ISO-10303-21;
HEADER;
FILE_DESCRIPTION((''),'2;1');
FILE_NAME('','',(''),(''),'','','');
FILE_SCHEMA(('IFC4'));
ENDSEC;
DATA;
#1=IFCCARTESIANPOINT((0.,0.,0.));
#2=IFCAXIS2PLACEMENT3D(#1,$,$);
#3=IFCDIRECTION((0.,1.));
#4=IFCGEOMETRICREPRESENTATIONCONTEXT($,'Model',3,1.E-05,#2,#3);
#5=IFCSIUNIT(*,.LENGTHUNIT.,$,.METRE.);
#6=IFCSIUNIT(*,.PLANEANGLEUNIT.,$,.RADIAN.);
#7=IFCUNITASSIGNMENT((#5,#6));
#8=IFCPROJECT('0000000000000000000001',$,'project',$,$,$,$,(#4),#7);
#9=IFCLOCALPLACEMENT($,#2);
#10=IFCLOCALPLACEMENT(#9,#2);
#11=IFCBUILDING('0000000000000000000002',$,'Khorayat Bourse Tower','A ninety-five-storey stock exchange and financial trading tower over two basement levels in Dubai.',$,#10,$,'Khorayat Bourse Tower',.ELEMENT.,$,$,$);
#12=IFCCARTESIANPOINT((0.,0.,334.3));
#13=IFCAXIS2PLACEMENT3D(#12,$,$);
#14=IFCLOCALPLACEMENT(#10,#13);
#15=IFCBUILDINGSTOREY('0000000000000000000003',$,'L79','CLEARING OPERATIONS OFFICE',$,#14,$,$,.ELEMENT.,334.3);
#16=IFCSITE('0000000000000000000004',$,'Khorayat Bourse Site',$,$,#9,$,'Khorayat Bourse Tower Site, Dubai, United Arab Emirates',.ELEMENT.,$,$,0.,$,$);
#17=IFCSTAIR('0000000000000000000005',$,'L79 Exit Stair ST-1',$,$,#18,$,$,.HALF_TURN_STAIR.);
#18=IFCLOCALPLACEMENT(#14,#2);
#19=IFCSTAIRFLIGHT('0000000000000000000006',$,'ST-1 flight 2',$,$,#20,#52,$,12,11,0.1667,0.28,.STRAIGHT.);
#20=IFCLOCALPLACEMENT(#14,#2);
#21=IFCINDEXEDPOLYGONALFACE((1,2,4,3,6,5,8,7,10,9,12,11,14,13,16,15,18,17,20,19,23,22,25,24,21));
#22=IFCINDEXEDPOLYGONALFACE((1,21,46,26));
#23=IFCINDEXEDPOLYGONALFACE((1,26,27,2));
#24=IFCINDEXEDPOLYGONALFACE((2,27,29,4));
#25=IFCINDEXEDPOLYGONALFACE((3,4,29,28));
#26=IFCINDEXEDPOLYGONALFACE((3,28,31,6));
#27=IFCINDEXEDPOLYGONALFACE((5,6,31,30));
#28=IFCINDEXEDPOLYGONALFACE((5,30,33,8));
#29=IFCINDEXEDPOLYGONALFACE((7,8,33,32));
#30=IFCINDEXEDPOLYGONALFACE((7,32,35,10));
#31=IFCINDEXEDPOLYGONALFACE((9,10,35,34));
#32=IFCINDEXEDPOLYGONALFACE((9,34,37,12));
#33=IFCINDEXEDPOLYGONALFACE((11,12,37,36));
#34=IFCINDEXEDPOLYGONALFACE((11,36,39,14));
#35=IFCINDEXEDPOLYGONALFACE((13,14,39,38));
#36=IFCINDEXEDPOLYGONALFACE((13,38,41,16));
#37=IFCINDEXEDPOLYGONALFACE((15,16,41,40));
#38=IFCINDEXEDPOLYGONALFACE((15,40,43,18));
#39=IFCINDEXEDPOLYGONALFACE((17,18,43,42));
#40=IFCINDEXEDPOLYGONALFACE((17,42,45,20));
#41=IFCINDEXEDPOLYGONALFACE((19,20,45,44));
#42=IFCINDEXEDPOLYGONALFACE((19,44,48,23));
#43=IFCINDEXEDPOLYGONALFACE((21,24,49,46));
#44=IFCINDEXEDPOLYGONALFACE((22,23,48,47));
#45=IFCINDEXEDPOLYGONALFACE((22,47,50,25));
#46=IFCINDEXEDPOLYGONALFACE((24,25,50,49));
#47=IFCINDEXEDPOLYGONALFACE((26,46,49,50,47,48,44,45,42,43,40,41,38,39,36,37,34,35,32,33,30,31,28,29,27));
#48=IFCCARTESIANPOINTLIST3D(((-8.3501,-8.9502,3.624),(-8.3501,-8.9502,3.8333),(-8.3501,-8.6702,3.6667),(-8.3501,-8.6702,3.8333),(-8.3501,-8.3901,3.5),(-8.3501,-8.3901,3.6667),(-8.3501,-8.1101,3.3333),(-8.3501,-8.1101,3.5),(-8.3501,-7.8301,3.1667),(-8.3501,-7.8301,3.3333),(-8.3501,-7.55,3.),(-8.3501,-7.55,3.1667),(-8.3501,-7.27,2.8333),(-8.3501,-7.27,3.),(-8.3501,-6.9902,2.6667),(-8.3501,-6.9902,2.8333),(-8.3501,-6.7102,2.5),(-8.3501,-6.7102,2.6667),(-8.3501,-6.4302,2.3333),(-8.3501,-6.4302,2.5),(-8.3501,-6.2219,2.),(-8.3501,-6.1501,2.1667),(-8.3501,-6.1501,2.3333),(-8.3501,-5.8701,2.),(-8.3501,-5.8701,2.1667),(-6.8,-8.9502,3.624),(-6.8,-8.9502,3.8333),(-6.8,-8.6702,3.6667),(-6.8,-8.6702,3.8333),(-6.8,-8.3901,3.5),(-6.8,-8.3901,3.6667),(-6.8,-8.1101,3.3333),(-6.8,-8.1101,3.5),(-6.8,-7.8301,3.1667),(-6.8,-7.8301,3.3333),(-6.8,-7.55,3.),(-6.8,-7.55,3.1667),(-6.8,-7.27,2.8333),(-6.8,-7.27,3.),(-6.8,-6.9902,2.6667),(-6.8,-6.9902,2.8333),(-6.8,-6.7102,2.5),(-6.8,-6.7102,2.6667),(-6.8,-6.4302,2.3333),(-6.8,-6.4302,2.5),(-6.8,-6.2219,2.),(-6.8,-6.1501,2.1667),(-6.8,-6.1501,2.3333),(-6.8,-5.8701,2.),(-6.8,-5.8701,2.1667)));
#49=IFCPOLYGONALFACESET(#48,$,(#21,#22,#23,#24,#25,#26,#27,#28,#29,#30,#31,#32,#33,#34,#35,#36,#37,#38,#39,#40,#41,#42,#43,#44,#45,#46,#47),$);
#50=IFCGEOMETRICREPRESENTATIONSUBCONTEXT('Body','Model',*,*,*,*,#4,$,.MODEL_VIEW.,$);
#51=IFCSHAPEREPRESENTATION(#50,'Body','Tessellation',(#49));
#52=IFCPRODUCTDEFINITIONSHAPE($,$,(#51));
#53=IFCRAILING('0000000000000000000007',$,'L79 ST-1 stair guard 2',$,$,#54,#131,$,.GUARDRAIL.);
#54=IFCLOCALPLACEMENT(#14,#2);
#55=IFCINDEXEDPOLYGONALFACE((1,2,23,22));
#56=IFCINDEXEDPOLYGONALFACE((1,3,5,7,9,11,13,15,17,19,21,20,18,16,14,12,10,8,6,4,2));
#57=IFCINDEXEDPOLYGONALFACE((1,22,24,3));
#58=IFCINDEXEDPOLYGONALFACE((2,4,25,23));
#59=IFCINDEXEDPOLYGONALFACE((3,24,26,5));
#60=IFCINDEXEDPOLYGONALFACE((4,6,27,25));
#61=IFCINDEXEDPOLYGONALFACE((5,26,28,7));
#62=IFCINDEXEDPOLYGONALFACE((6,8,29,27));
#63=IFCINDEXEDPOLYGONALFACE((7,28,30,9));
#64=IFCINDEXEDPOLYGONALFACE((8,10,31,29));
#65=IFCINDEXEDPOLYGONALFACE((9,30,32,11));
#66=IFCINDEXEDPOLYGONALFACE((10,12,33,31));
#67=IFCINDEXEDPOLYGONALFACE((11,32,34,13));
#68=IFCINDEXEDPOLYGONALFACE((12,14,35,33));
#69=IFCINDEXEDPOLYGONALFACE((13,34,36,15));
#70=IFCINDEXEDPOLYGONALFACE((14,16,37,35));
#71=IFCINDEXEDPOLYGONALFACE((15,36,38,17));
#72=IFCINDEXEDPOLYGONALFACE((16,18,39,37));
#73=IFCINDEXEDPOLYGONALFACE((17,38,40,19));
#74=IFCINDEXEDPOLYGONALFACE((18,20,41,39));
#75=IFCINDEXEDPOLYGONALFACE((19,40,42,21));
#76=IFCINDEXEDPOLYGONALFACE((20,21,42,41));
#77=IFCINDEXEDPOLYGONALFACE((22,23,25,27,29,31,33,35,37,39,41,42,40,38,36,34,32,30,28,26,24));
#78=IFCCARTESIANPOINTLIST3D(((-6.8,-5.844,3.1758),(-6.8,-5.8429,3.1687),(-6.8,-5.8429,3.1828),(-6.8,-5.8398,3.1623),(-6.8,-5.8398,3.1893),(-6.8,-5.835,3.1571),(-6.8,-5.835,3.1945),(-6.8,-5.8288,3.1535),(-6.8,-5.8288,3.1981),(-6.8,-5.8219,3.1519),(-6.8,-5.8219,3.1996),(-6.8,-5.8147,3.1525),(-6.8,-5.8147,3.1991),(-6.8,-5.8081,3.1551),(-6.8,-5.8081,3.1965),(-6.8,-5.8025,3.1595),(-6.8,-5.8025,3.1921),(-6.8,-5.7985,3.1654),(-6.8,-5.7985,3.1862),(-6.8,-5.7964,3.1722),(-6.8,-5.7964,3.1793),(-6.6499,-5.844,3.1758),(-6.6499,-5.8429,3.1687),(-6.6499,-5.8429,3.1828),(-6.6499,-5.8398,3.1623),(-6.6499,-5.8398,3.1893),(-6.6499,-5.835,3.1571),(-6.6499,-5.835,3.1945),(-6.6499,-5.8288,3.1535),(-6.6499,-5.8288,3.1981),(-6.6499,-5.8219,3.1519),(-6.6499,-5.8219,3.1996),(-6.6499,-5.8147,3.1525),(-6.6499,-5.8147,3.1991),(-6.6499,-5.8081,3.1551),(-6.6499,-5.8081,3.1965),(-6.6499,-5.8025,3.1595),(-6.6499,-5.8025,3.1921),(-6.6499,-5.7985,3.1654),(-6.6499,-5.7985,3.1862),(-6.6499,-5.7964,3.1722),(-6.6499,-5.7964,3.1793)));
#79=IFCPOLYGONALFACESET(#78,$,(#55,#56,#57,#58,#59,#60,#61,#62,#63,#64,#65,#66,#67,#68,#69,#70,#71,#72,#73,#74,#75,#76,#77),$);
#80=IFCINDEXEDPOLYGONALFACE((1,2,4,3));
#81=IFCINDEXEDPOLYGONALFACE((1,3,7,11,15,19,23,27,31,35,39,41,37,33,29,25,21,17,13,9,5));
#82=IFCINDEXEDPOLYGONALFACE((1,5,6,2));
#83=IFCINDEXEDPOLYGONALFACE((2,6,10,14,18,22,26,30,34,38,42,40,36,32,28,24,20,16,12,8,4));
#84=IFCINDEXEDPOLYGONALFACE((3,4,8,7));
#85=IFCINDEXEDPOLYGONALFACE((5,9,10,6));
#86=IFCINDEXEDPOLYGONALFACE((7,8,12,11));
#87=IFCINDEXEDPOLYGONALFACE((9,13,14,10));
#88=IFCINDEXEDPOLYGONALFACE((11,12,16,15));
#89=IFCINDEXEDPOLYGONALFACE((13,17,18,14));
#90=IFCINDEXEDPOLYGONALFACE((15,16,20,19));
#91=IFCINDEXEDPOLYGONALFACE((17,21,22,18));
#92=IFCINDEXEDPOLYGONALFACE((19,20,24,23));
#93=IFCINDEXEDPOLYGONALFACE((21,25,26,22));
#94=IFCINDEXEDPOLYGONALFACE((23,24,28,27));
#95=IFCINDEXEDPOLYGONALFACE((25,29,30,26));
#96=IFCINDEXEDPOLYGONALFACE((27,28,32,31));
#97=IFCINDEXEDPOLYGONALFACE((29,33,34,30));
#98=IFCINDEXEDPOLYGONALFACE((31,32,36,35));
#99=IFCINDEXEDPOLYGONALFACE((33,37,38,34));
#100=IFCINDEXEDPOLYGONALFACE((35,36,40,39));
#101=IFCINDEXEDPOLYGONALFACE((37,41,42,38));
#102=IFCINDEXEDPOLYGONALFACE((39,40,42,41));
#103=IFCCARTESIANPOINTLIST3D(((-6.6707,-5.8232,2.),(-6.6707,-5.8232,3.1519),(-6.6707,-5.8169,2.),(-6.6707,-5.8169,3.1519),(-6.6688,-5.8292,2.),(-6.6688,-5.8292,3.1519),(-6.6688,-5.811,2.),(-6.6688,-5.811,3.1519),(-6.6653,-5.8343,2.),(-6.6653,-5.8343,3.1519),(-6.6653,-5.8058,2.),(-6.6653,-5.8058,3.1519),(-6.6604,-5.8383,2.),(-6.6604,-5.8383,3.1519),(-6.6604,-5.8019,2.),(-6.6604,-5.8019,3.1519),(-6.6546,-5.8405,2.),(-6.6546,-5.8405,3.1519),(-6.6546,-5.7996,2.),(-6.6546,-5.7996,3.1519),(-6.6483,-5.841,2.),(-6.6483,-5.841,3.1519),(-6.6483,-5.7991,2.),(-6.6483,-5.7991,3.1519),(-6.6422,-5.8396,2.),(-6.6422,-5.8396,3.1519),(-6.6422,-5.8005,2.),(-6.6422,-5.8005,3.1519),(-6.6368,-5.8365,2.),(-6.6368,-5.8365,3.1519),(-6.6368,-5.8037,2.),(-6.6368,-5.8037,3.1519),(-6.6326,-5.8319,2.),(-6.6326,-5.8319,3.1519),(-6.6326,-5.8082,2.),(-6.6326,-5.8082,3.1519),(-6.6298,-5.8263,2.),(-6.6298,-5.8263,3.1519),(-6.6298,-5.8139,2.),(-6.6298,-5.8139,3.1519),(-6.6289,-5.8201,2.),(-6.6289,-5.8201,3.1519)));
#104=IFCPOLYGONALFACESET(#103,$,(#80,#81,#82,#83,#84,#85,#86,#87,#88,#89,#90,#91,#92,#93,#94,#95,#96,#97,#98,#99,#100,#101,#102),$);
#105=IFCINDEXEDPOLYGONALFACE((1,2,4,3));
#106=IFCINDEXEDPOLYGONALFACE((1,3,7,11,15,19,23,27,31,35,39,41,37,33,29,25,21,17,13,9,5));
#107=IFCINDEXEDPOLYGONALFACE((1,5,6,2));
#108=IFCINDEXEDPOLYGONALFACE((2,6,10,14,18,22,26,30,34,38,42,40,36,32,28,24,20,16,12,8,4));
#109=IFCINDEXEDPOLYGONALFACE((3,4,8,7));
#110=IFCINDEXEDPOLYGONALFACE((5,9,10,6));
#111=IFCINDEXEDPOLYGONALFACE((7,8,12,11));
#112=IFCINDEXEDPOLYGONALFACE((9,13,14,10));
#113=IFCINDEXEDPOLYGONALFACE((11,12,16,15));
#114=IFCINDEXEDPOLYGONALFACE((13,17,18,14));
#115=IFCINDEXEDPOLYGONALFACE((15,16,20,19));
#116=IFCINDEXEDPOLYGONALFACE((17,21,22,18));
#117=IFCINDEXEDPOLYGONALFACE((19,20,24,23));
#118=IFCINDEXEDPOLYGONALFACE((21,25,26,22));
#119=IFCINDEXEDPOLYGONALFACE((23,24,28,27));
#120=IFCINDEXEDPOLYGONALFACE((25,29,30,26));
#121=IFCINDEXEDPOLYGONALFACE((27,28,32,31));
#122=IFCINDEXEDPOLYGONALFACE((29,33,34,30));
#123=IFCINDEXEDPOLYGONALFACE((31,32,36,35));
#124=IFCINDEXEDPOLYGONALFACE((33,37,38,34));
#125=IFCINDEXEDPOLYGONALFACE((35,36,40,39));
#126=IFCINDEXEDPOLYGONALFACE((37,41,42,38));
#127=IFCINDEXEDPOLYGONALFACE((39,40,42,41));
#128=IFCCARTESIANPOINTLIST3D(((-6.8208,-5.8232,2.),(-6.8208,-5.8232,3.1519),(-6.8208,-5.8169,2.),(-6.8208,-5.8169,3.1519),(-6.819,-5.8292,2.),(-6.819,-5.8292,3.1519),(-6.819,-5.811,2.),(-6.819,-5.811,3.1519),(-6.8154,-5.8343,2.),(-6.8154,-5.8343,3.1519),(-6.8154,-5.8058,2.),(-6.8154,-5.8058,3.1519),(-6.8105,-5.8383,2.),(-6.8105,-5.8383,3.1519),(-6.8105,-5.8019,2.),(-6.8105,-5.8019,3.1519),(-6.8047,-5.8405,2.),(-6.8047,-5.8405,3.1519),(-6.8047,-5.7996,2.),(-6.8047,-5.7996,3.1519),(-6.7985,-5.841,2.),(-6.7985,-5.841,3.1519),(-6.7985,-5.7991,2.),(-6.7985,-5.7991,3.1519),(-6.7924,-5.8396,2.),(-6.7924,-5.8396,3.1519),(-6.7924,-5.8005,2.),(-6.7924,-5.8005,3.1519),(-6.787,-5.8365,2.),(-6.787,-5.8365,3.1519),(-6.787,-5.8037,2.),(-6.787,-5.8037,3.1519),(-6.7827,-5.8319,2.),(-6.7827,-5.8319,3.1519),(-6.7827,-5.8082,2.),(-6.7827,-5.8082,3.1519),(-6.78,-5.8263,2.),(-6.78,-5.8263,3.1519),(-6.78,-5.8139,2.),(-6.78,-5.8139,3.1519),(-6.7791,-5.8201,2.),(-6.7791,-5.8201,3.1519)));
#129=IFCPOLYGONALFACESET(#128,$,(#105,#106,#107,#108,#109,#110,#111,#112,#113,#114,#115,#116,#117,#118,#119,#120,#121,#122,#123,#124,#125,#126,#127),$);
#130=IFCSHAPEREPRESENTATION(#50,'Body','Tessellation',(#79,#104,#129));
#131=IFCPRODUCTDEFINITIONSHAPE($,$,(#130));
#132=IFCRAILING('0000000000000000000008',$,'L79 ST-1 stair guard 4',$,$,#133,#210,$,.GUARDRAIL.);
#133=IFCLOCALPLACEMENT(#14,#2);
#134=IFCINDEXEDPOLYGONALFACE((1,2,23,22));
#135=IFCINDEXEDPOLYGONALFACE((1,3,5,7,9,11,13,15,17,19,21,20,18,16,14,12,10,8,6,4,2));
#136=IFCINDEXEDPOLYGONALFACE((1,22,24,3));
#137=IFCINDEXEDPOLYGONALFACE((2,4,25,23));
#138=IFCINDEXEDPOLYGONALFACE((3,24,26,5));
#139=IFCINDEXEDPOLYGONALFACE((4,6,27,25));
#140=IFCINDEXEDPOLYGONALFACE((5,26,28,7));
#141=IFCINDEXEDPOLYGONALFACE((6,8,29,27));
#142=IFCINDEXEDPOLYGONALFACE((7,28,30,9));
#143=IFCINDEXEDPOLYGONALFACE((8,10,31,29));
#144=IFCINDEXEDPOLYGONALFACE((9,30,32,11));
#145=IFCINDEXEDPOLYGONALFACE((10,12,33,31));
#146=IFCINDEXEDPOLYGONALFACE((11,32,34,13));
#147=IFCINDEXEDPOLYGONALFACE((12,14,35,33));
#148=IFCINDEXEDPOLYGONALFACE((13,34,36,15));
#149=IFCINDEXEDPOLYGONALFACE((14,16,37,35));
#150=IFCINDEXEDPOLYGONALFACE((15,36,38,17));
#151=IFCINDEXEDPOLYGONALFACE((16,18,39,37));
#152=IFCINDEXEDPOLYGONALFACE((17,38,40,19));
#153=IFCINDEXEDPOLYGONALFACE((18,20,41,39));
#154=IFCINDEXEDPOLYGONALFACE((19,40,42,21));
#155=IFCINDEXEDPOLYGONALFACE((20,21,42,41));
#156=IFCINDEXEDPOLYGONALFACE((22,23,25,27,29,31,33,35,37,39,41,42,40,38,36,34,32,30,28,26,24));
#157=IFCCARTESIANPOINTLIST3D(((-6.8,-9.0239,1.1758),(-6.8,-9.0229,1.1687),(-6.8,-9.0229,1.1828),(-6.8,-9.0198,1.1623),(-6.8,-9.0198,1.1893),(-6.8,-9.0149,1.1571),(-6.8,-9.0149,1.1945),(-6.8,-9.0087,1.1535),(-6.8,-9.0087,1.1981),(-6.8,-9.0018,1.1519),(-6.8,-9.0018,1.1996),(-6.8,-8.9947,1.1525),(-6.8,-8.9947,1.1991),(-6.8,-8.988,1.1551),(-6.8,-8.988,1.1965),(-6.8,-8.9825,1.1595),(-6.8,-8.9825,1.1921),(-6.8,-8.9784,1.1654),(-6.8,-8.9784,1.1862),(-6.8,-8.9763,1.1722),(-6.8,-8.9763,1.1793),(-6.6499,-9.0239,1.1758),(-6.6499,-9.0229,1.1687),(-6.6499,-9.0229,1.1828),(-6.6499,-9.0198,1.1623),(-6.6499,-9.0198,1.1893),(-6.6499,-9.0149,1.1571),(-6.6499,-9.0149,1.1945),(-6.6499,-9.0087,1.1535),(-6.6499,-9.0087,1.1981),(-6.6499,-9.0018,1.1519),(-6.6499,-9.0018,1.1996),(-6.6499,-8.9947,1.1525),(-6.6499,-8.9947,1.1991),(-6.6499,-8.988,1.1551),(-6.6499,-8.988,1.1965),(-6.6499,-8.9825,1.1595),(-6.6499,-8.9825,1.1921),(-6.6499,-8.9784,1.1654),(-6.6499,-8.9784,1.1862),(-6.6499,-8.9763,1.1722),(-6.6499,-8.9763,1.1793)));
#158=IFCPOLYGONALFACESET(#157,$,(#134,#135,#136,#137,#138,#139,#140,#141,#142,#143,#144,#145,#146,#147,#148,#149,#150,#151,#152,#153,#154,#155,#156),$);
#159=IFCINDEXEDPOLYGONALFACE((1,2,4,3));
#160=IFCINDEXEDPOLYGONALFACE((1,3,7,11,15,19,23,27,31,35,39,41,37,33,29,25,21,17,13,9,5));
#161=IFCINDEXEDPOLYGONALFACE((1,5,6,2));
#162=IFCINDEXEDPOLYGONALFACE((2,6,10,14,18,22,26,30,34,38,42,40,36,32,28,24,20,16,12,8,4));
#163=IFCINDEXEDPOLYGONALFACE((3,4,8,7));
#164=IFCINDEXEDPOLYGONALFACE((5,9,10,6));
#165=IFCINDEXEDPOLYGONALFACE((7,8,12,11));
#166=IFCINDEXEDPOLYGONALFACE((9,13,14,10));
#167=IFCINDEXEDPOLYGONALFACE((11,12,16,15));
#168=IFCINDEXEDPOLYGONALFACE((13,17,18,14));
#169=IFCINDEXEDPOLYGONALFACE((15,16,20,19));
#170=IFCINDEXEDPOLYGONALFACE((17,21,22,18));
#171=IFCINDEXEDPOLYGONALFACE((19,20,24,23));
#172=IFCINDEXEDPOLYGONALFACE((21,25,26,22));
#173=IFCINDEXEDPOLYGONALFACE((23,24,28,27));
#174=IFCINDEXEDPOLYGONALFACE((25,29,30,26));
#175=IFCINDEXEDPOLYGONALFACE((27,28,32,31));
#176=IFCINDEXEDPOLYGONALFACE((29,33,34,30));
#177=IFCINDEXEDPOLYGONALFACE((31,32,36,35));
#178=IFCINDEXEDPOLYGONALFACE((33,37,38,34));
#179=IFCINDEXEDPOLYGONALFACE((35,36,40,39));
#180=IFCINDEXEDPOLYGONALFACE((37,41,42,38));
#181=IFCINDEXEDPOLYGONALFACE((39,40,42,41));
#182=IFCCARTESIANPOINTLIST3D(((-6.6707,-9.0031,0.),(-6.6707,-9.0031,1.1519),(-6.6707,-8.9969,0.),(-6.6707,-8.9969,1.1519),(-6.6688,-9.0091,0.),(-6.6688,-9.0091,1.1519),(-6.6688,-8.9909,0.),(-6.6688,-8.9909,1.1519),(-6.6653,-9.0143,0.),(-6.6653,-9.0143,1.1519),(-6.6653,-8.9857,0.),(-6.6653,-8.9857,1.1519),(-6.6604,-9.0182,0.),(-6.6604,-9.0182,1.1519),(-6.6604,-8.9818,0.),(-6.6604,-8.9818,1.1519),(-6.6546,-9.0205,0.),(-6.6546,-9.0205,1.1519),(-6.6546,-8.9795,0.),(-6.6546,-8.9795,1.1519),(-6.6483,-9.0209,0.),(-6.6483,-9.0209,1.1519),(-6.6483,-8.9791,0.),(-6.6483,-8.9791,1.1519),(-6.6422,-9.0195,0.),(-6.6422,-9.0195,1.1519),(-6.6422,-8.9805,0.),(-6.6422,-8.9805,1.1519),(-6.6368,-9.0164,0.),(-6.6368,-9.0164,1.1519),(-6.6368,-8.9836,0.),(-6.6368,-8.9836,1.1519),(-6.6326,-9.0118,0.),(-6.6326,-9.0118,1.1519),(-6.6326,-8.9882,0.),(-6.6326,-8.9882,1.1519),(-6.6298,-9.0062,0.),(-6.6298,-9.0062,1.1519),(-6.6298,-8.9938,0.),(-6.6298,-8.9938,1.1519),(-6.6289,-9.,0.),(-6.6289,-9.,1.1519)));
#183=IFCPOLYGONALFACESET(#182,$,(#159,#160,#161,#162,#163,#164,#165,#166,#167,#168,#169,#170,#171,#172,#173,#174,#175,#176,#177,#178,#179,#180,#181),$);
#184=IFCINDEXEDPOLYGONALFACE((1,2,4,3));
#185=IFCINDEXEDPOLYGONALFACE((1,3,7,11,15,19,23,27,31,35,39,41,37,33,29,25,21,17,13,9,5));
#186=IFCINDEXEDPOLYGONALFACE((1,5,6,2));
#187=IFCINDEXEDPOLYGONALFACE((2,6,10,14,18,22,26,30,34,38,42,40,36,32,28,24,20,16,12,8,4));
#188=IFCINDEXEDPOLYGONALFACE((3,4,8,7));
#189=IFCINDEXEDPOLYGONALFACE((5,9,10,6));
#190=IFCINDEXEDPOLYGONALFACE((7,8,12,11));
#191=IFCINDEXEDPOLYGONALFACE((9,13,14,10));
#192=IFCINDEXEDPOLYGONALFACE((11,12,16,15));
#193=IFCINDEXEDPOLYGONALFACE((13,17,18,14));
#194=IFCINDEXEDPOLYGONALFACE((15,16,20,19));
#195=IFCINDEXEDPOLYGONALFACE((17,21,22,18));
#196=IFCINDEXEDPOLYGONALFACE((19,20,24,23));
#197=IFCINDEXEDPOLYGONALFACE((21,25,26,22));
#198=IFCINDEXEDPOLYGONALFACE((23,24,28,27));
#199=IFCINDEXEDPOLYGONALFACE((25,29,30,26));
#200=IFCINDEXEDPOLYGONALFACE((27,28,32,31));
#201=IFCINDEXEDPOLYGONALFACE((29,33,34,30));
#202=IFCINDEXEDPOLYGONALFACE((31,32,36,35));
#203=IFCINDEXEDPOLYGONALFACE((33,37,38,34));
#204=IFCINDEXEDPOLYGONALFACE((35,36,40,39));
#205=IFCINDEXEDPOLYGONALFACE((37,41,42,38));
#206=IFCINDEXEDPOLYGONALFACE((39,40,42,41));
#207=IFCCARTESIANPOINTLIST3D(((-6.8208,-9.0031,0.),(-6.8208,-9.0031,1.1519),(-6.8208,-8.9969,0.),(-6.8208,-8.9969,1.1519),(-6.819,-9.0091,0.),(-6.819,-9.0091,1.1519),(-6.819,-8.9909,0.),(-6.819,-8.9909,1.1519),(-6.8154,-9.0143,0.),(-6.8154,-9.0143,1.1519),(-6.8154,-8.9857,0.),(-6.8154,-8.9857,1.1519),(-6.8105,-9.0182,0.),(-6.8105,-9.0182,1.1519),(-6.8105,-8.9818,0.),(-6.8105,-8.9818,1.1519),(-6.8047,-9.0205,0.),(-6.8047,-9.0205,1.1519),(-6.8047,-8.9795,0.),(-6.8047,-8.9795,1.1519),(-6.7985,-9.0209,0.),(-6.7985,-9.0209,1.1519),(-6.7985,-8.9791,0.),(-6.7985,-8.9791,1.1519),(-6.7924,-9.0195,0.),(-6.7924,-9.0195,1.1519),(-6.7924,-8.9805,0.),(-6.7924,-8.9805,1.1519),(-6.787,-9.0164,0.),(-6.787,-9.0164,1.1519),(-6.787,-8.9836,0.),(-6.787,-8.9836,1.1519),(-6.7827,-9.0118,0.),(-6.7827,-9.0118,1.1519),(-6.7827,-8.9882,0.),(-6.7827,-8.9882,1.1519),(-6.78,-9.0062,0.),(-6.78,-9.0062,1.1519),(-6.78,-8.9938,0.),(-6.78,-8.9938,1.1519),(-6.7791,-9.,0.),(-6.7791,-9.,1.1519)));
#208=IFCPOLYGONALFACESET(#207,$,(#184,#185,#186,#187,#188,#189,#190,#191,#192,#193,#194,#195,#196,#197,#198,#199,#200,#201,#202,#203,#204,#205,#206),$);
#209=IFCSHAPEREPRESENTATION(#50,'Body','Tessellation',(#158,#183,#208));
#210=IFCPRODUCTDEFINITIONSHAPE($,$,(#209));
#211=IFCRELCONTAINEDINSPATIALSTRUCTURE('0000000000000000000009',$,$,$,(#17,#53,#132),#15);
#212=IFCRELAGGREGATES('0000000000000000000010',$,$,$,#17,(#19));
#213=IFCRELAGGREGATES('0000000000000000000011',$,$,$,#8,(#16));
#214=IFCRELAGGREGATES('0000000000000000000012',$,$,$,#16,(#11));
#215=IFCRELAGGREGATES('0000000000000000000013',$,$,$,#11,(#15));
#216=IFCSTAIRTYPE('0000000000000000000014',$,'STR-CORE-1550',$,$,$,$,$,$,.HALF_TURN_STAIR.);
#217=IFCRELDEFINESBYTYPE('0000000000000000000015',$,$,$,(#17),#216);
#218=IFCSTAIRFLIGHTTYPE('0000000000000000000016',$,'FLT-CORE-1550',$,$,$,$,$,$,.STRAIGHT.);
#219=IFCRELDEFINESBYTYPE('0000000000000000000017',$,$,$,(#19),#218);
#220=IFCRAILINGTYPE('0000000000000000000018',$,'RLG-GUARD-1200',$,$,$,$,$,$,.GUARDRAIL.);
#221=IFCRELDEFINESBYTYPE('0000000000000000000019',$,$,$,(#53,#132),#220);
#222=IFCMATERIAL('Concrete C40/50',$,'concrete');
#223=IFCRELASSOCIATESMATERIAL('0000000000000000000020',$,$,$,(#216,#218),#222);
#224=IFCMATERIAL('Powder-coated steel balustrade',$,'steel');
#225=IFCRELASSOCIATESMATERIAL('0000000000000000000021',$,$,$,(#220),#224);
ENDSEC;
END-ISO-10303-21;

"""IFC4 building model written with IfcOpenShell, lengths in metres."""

from ifc_helpers import new_model, si_unit, direction, frame, origin, origin_2d, place, context, subcontext, project, spatial, polyline, circle, outline, extrude, source, transform, mapped, material, type_object, element, aggregate, save


model = new_model("IFC4")

# Units and contexts
model_context = context("Model", 3, precision=1e-05, world=origin(), true_north=direction((0.0, 1.0)))
body_context = subcontext(model_context, "Body", "Model", "MODEL_VIEW")
ifc_project = project(units=[si_unit("LENGTHUNIT", "METRE"), si_unit("PLANEANGLEUNIT", "RADIAN")], contexts=[model_context])

# Site, building, storey
site_placement = place(None, origin())
site = spatial("IfcSite", under=ifc_project, at=site_placement, Name="Khorayat Bourse Site", LongName="Khorayat Bourse Tower Site, Dubai, United Arab Emirates", CompositionType="ELEMENT", RefElevation=0.0)
building_placement = place(site_placement, origin())
building = spatial("IfcBuilding", under=site, at=building_placement, Name="Khorayat Bourse Tower", Description="A ninety-five-storey stock exchange and financial trading tower over two basement levels in Dubai.", LongName="Khorayat Bourse Tower", CompositionType="ELEMENT")
storey_placement = place(building_placement, frame((0.0, 0.0, 334.3)))
storey = spatial("IfcBuildingStorey", under=building, at=storey_placement, Name="L79", Description="CLEARING OPERATIONS OFFICE", CompositionType="ELEMENT", Elevation=334.3)

# Stair, stair flight
ifc_material_1 = material(Name="Concrete C40/50", Category="concrete")
stair_type = type_object("IfcStairType", Name="STR-CORE-1550", PredefinedType="HALF_TURN_STAIR", material=ifc_material_1)
stair_placement = place(storey_placement, origin())
stair = element("IfcStair", 1, at=stair_placement, inside=storey, type_object=stair_type, Name="L79 Exit Stair ST-1", PredefinedType="HALF_TURN_STAIR")
stair_flight_type = type_object("IfcStairFlightType", Name="FLT-CORE-1550", PredefinedType="STRAIGHT", material=ifc_material_1)
shared_shape_1 = source(origin(), body_context, "Body", "SweptSolid", [
    extrude(outline(polyline([(0.0, 0.0), (0.0, 0.1667), (0.28, 0.1667), (0.28, 0.3333), (0.5601, 0.3333), (0.5601, 0.5), (0.8401, 0.5), (0.8401, 0.6667), (1.1201, 0.6667), (1.1201, 0.8333), (1.3999, 0.8333), (1.3999, 1.0), (1.6799, 1.0), (1.6799, 1.1667), (1.96, 1.1667), (1.96, 1.3333), (2.24, 1.3333), (2.24, 1.5), (2.52, 1.5), (2.52, 1.6667), (2.8, 1.6667), (2.8, 1.8333), (3.0801, 1.8333), (3.0801, 2.0), (3.0801, 1.624), (0.3518, 0.0), (0.0, 0.0)])), frame((0.0, 0.7749, 0.0), z_axis=(0.0, -1.0, 0.0), x_axis=(1.0, 0.0, 0.0)), (0.0, 0.0, 1.0), 1.55),
])
stair_flight_1_placement = place(storey_placement, frame((-7.575, -5.8701, 2.0), z_axis=(0.0, 0.0, 1.0), x_axis=(0.0, -1.0, 0.0)))
stair_flight_1 = element("IfcStairFlight", 2, at=stair_flight_1_placement, type_object=stair_flight_type, Name="ST-1 flight 2", NumberOfRisers=12, NumberOfTreads=11, PredefinedType="STRAIGHT", RiserHeight=0.1667, TreadLength=0.28, context=body_context, shape_type="MappedRepresentation", body=[
    mapped(shared_shape_1, transform((0.0, 0.0, 0.0), scale=1.0)),
])
aggregate(stair, [stair_flight_1])

# Railings
ifc_material_2 = material(Name="Powder-coated steel balustrade", Category="steel")
railing_type_1 = type_object("IfcRailingType", Name="RLG-GUARD-1200", PredefinedType="GUARDRAIL", material=ifc_material_2)
shared_shape_2 = source(origin(), body_context, "Body", "SweptSolid", [
    extrude(circle(Radius=0.0239, at=origin_2d()), frame((0.0, 0.0, 1.1758), z_axis=(-1.0, 0.0, 0.0), x_axis=(0.0, -1.0, 0.0)), (0.0, 0.0, 1.0), 0.1501),
    extrude(circle(Radius=0.021, at=origin_2d()), origin(), (0.0, 0.0, 1.0), 1.1519),
    extrude(circle(Radius=0.021, at=origin_2d()), frame((-0.1501, 0.0, 0.0)), (0.0, 0.0, 1.0), 1.1519),
])
for number, where, name in (
    (3, (-6.6499, -5.8201, 2.0), "L79 ST-1 stair guard 2"),
    (4, (-6.6499, -9.0, 0.0), "L79 ST-1 stair guard 4"),
):
    element("IfcRailing", number, at=place(storey_placement, frame(where)), inside=storey, type_object=railing_type_1, Name=name, PredefinedType="GUARDRAIL", context=body_context, shape_type="MappedRepresentation", body=[
        mapped(shared_shape_2, transform((0.0, 0.0, 0.0), scale=1.0)),
    ])

save(model, "model.ifc")
